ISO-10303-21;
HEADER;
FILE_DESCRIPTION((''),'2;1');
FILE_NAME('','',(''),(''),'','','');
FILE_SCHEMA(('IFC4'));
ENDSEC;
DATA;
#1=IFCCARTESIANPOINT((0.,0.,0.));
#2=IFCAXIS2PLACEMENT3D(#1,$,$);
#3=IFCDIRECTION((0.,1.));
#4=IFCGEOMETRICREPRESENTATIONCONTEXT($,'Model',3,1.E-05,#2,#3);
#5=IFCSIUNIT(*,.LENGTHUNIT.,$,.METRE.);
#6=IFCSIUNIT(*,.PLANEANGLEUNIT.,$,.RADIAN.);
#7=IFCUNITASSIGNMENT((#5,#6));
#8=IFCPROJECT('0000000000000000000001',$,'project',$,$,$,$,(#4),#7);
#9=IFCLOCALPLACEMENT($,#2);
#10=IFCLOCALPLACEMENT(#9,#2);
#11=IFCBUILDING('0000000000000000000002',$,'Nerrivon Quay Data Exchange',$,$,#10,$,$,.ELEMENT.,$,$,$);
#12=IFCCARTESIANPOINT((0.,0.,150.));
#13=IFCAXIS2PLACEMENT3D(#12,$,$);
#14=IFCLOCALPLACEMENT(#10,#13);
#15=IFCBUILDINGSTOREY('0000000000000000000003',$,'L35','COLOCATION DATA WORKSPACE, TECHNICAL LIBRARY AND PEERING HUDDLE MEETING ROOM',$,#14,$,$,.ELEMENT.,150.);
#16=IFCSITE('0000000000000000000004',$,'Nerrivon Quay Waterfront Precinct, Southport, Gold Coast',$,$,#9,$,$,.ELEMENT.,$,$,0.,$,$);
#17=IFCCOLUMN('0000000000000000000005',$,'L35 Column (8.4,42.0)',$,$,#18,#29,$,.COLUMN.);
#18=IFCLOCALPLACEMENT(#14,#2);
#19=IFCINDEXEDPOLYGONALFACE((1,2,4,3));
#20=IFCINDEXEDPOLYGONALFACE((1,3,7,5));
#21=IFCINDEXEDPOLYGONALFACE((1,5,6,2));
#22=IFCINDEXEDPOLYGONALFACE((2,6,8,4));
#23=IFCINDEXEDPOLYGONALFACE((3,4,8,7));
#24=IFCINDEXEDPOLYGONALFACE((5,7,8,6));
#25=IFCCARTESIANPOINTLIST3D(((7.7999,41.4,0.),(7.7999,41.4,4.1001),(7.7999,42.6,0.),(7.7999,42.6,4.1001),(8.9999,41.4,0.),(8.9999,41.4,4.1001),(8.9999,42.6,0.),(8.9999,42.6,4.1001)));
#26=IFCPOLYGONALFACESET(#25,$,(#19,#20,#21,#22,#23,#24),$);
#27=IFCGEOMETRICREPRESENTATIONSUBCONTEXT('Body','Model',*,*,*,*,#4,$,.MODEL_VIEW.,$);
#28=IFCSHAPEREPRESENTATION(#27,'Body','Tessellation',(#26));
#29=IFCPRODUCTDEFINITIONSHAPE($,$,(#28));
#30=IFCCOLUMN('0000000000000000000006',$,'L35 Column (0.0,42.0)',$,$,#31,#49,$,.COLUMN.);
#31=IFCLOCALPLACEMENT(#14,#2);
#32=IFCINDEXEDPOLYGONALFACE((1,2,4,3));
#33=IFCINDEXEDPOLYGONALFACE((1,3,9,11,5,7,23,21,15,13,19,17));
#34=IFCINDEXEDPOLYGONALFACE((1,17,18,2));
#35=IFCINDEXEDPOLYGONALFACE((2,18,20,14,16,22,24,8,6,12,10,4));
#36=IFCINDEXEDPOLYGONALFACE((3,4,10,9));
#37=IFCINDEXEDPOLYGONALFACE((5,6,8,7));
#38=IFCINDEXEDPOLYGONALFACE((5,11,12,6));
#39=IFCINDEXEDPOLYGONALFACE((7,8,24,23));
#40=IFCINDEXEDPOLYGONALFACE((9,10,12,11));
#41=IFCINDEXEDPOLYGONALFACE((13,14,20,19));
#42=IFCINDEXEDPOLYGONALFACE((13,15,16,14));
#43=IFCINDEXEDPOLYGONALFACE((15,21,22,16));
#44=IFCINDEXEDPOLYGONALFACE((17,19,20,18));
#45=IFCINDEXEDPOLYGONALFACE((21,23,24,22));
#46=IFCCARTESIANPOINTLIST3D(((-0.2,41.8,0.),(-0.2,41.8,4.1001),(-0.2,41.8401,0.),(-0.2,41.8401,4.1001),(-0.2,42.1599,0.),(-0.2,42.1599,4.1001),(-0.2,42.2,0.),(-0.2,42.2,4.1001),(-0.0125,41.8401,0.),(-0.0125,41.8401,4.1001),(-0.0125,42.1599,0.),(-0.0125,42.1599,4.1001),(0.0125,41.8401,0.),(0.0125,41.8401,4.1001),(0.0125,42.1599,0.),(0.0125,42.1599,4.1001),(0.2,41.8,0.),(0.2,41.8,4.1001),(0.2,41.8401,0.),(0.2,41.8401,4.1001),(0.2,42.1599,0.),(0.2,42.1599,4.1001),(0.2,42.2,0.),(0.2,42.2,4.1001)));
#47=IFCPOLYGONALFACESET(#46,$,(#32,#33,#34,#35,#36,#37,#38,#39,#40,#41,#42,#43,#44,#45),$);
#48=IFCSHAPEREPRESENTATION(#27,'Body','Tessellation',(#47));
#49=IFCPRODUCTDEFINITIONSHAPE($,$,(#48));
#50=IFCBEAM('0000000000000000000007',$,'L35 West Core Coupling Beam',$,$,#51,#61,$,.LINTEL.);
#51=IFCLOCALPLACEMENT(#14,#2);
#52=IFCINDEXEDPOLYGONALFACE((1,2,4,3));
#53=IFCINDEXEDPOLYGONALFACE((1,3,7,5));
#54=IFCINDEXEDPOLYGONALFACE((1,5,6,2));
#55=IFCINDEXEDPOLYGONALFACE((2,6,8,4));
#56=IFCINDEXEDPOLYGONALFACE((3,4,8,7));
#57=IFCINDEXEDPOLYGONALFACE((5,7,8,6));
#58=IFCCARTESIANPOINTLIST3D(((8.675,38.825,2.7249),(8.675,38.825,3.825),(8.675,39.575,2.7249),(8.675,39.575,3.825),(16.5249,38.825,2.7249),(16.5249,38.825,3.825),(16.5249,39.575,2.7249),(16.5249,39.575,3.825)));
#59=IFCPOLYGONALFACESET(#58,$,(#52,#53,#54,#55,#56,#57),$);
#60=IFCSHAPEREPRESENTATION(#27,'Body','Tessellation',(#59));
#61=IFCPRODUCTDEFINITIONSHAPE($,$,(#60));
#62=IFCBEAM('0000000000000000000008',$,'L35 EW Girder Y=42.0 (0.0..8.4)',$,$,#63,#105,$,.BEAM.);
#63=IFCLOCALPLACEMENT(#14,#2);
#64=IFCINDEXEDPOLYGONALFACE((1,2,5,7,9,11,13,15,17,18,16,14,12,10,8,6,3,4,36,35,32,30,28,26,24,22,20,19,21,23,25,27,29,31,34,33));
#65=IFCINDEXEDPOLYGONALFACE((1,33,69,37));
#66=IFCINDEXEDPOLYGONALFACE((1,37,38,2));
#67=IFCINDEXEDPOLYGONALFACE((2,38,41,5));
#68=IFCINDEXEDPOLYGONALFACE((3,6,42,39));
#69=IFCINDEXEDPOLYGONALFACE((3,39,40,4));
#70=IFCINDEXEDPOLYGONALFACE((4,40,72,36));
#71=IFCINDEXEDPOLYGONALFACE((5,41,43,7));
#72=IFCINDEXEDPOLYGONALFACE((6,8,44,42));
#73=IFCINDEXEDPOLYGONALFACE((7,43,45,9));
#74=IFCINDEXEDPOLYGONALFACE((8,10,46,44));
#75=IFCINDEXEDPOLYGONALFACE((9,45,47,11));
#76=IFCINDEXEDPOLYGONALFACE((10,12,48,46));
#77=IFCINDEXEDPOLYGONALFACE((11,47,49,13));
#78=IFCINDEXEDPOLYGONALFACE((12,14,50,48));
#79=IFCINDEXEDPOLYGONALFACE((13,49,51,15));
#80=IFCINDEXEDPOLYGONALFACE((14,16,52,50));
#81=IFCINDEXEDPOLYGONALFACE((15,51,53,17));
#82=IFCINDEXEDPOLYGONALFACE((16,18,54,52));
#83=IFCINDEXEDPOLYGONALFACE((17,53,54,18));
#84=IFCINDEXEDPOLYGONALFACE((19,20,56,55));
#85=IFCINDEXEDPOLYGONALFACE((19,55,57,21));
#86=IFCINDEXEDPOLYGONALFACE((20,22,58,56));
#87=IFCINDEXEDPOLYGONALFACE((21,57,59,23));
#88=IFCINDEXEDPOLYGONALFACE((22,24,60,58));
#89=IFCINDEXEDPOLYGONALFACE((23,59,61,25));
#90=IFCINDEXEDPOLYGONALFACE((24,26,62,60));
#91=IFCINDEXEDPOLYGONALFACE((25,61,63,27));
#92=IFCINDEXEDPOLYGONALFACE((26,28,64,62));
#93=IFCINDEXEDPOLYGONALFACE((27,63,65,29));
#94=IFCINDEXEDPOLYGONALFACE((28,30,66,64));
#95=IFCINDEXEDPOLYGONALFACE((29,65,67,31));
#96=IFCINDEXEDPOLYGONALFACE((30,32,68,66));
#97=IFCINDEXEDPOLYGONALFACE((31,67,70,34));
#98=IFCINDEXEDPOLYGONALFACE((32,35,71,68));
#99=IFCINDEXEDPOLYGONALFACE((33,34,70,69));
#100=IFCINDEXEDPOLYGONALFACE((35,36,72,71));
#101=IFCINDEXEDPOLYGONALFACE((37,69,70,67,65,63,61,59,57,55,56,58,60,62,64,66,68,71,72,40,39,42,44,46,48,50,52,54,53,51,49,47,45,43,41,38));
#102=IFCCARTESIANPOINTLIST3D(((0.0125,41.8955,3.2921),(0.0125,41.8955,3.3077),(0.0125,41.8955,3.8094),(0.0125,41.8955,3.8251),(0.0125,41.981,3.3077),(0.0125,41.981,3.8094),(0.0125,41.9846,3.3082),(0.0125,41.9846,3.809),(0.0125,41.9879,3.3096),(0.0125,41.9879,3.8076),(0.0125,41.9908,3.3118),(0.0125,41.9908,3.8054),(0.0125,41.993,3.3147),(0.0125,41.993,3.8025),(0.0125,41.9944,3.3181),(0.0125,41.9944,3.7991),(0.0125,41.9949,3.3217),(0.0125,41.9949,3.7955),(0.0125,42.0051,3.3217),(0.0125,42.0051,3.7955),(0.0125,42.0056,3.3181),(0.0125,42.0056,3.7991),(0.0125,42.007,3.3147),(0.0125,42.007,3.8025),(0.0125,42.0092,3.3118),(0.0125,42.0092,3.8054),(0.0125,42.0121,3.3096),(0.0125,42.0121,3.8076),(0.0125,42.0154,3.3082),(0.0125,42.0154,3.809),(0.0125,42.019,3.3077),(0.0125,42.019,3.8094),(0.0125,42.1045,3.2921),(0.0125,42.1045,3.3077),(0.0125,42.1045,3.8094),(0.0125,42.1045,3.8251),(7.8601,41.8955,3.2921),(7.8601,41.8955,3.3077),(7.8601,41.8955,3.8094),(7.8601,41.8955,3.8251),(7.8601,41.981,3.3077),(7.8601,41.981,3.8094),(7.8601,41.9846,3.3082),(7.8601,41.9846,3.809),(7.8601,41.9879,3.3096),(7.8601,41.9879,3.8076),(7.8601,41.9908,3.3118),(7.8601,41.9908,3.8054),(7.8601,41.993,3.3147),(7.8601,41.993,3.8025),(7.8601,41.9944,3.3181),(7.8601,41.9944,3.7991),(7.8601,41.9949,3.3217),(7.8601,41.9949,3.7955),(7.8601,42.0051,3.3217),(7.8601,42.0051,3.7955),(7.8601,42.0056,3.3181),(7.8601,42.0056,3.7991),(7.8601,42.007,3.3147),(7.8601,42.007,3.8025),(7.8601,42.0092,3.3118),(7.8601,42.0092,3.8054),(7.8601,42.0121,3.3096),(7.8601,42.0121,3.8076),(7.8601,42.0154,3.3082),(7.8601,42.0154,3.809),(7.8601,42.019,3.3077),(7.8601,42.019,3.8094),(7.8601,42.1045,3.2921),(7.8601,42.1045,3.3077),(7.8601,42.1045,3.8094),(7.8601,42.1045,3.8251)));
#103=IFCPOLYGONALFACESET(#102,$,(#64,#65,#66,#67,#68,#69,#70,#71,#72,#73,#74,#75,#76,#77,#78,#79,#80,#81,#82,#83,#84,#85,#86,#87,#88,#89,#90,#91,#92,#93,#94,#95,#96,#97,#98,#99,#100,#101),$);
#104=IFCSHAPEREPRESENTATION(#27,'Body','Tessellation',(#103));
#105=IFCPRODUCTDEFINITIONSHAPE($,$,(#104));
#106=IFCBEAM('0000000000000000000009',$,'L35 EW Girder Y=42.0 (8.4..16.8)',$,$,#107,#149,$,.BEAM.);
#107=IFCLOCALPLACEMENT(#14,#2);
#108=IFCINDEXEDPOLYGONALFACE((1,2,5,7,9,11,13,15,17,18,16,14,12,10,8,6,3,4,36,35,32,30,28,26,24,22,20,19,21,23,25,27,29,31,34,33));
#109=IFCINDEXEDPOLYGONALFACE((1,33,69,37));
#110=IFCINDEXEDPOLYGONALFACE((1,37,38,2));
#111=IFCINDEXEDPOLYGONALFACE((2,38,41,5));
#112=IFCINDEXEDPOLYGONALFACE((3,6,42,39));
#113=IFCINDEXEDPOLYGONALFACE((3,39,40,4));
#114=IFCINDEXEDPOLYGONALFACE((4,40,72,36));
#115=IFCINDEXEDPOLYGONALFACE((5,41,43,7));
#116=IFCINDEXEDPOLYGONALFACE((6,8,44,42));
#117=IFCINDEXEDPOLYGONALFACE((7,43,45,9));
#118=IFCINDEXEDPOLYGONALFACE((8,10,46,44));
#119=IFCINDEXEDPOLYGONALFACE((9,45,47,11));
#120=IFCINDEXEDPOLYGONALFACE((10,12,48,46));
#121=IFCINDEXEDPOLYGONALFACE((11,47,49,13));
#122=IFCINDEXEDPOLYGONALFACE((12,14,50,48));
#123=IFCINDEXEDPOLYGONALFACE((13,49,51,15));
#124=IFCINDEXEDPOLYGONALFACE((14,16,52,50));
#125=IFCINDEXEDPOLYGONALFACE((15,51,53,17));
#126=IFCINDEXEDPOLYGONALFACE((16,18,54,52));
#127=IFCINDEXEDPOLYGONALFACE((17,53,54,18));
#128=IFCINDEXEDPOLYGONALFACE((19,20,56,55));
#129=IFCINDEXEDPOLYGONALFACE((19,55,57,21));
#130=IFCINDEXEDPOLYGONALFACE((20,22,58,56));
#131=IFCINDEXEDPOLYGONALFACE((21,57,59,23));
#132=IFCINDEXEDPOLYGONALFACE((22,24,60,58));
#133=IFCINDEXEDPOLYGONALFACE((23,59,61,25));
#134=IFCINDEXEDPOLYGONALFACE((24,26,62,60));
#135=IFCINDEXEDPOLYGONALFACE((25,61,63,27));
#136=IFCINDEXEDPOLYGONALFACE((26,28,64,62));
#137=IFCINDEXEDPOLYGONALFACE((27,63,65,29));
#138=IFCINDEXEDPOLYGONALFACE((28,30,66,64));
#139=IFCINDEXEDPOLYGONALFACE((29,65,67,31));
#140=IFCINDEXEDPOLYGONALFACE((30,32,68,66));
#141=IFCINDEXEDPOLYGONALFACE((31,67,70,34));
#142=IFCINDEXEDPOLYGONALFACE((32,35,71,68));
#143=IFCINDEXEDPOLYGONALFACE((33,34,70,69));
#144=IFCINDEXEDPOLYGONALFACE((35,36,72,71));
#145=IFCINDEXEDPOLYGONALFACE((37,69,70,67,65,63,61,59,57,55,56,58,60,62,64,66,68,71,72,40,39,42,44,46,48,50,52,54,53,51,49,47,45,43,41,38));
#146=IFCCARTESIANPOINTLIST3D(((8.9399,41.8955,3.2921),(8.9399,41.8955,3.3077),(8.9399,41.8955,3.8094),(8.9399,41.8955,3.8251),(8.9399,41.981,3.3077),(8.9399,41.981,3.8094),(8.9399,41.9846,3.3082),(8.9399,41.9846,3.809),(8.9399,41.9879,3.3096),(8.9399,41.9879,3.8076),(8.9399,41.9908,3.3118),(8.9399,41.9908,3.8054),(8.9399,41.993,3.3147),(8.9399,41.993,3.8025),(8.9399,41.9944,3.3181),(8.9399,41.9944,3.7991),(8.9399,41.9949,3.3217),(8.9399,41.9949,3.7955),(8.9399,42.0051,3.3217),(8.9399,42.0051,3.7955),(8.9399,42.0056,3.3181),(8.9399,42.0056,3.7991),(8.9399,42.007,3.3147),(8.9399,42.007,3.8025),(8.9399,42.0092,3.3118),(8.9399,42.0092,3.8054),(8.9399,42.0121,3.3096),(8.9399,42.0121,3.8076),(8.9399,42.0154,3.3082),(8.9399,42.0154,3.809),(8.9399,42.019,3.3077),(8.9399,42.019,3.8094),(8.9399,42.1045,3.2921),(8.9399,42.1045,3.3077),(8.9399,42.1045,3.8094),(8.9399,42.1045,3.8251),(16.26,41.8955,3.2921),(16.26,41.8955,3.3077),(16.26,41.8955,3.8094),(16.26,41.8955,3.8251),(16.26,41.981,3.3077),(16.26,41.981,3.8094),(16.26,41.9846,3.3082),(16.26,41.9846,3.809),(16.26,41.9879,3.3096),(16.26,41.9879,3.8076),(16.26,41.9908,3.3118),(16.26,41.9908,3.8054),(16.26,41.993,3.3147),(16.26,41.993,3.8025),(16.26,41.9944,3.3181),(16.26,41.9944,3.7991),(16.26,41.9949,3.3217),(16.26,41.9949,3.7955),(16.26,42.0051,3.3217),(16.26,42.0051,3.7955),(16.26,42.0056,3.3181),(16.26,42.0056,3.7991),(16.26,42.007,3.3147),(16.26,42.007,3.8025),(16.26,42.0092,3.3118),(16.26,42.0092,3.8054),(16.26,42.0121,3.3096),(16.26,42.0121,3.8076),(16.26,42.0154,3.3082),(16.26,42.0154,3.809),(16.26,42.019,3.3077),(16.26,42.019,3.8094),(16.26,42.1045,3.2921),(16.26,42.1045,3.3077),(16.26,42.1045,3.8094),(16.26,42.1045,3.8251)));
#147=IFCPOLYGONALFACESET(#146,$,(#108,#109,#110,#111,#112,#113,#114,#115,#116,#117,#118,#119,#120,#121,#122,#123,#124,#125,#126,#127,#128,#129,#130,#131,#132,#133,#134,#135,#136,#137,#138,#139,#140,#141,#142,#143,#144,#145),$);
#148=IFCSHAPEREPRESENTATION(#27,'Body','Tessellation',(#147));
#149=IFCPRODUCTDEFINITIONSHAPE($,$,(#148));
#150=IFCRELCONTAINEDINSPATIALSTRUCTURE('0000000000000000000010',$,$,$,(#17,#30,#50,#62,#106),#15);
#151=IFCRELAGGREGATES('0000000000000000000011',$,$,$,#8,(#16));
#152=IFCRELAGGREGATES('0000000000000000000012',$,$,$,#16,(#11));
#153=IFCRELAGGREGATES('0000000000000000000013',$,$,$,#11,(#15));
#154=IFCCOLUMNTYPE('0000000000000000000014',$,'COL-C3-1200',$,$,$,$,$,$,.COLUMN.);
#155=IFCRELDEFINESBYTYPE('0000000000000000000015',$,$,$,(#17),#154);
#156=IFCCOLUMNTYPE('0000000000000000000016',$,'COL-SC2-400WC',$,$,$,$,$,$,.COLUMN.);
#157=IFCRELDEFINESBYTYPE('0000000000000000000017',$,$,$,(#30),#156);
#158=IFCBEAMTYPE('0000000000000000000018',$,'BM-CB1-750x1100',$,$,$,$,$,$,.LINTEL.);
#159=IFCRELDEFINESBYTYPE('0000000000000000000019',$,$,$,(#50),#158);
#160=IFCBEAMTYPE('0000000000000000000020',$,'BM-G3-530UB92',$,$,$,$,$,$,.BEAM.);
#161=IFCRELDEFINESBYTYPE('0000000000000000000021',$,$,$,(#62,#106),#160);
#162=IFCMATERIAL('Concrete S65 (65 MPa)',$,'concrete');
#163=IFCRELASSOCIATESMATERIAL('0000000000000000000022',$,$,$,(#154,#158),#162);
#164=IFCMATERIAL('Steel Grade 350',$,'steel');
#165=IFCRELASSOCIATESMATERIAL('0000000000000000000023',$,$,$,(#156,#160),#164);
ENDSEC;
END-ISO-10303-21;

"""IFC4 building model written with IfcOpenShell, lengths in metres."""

from ifc_helpers import new_model, si_unit, direction, frame, origin, origin_2d, place, context, subcontext, project, spatial, rectangle, i_section, extrude, material, material_profile, profile_set, type_object, element, save


model = new_model("IFC4")

# Units and contexts
model_context = context("Model", 3, precision=1e-05, world=origin(), true_north=direction((0.0, 1.0)))
body_context = subcontext(model_context, "Body", "Model", "MODEL_VIEW")
ifc_project = project(units=[si_unit("LENGTHUNIT", "METRE"), si_unit("PLANEANGLEUNIT", "RADIAN")], contexts=[model_context])

# Site, building, storey
site_placement = place(None, origin())
site = spatial("IfcSite", under=ifc_project, at=site_placement, Name="Nerrivon Quay Waterfront Precinct, Southport, Gold Coast", CompositionType="ELEMENT", RefElevation=0.0)
building_placement = place(site_placement, origin())
building = spatial("IfcBuilding", under=site, at=building_placement, Name="Nerrivon Quay Data Exchange", CompositionType="ELEMENT")
storey_placement = place(building_placement, frame((0.0, 0.0, 150.0)))
storey = spatial("IfcBuildingStorey", under=building, at=storey_placement, Name="L35", Description="COLOCATION DATA WORKSPACE, TECHNICAL LIBRARY AND PEERING HUDDLE MEETING ROOM", CompositionType="ELEMENT", Elevation=150.0)

# Columns
ifc_material_1 = material(Name="Concrete S65 (65 MPa)", Category="concrete")
ifc_material_profile_1 = material_profile(ifc_material_1, rectangle(XDim=1.2, YDim=1.2, at=origin_2d()), Name="RC-COL-1200x1200")
ifc_profile_set_1 = profile_set([ifc_material_profile_1], Name="Concrete S65 (65 MPa)")
column_type_1 = type_object("IfcColumnType", Name="COL-C3-1200", PredefinedType="COLUMN", material=ifc_profile_set_1)
column_1_placement = place(storey_placement, frame((8.3999, 42.0, 0.0), z_axis=(0.0, 0.0, 1.0), x_axis=(1.0, 0.0, 0.0)))
element("IfcColumn", 1, at=column_1_placement, inside=storey, type_object=column_type_1, Name="L35 Column (8.4,42.0)", PredefinedType="COLUMN", context=body_context, shape_type="SweptSolid", body=[
    extrude(rectangle(XDim=1.2, YDim=1.2, at=origin_2d()), origin(), (0.0, 0.0, 1.0), 4.1001),
])
ifc_material_2 = material(Name="Steel Grade 350", Category="steel")
ifc_material_profile_2 = material_profile(ifc_material_2, i_section(OverallWidth=0.3999, OverallDepth=0.3999, WebThickness=0.0249, FlangeThickness=0.04, at=origin_2d()), Name="400WC328")
ifc_profile_set_2 = profile_set([ifc_material_profile_2], Name="Steel Grade 350")
column_type_2 = type_object("IfcColumnType", Name="COL-SC2-400WC", PredefinedType="COLUMN", material=ifc_profile_set_2)
column_2_placement = place(storey_placement, frame((0.0, 42.0, 0.0), z_axis=(0.0, 0.0, 1.0), x_axis=(1.0, 0.0, 0.0)))
element("IfcColumn", 2, at=column_2_placement, inside=storey, type_object=column_type_2, Name="L35 Column (0.0,42.0)", PredefinedType="COLUMN", context=body_context, shape_type="SweptSolid", body=[
    extrude(i_section(OverallWidth=0.3999, OverallDepth=0.3999, WebThickness=0.0249, FlangeThickness=0.04, at=origin_2d()), origin(), (0.0, 0.0, 1.0), 4.1001),
])

# Beams
ifc_material_profile_3 = material_profile(ifc_material_1, rectangle(XDim=0.75, YDim=1.1001, at=origin_2d()), Name="RC-CB-750x1100")
ifc_profile_set_3 = profile_set([ifc_material_profile_3], Name="Concrete S65 (65 MPa)")
beam_type_1 = type_object("IfcBeamType", Name="BM-CB1-750x1100", PredefinedType="LINTEL", material=ifc_profile_set_3)
beam_1_placement = place(storey_placement, frame((8.675, 39.2, 3.2749), z_axis=(1.0, 0.0, 0.0), x_axis=(0.0, 1.0, 0.0)))
element("IfcBeam", 3, at=beam_1_placement, inside=storey, type_object=beam_type_1, Name="L35 West Core Coupling Beam", PredefinedType="LINTEL", context=body_context, shape_type="SweptSolid", body=[
    extrude(rectangle(XDim=0.75, YDim=1.1001, at=origin_2d()), origin(), (0.0, 0.0, 1.0), 7.8499),
])
ifc_material_profile_4 = material_profile(ifc_material_2, i_section(OverallWidth=0.209, OverallDepth=0.533, WebThickness=0.0103, FlangeThickness=0.0156, FilletRadius=0.0139, at=origin_2d()), Name="530UB92.4")
ifc_profile_set_4 = profile_set([ifc_material_profile_4], Name="Steel Grade 350")
beam_type_2 = type_object("IfcBeamType", Name="BM-G3-530UB92", PredefinedType="BEAM", material=ifc_profile_set_4)
beam_2_placement = place(storey_placement, frame((0.0125, 42.0, 3.5586), z_axis=(1.0, 0.0, 0.0), x_axis=(0.0, 1.0, 0.0)))
element("IfcBeam", 4, at=beam_2_placement, inside=storey, type_object=beam_type_2, Name="L35 EW Girder Y=42.0 (0.0..8.4)", PredefinedType="BEAM", context=body_context, shape_type="SweptSolid", body=[
    extrude(i_section(OverallWidth=0.209, OverallDepth=0.533, WebThickness=0.0103, FlangeThickness=0.0156, FilletRadius=0.0139, at=origin_2d()), origin(), (0.0, 0.0, 1.0), 7.8477),
])
beam_3_placement = place(storey_placement, frame((8.9399, 42.0, 3.5586), z_axis=(1.0, 0.0, 0.0), x_axis=(0.0, 1.0, 0.0)))
element("IfcBeam", 5, at=beam_3_placement, inside=storey, type_object=beam_type_2, Name="L35 EW Girder Y=42.0 (8.4..16.8)", PredefinedType="BEAM", context=body_context, shape_type="SweptSolid", body=[
    extrude(i_section(OverallWidth=0.209, OverallDepth=0.533, WebThickness=0.0103, FlangeThickness=0.0156, FilletRadius=0.0139, at=origin_2d()), origin(), (0.0, 0.0, 1.0), 7.3201),
])

save(model, "model.ifc")
